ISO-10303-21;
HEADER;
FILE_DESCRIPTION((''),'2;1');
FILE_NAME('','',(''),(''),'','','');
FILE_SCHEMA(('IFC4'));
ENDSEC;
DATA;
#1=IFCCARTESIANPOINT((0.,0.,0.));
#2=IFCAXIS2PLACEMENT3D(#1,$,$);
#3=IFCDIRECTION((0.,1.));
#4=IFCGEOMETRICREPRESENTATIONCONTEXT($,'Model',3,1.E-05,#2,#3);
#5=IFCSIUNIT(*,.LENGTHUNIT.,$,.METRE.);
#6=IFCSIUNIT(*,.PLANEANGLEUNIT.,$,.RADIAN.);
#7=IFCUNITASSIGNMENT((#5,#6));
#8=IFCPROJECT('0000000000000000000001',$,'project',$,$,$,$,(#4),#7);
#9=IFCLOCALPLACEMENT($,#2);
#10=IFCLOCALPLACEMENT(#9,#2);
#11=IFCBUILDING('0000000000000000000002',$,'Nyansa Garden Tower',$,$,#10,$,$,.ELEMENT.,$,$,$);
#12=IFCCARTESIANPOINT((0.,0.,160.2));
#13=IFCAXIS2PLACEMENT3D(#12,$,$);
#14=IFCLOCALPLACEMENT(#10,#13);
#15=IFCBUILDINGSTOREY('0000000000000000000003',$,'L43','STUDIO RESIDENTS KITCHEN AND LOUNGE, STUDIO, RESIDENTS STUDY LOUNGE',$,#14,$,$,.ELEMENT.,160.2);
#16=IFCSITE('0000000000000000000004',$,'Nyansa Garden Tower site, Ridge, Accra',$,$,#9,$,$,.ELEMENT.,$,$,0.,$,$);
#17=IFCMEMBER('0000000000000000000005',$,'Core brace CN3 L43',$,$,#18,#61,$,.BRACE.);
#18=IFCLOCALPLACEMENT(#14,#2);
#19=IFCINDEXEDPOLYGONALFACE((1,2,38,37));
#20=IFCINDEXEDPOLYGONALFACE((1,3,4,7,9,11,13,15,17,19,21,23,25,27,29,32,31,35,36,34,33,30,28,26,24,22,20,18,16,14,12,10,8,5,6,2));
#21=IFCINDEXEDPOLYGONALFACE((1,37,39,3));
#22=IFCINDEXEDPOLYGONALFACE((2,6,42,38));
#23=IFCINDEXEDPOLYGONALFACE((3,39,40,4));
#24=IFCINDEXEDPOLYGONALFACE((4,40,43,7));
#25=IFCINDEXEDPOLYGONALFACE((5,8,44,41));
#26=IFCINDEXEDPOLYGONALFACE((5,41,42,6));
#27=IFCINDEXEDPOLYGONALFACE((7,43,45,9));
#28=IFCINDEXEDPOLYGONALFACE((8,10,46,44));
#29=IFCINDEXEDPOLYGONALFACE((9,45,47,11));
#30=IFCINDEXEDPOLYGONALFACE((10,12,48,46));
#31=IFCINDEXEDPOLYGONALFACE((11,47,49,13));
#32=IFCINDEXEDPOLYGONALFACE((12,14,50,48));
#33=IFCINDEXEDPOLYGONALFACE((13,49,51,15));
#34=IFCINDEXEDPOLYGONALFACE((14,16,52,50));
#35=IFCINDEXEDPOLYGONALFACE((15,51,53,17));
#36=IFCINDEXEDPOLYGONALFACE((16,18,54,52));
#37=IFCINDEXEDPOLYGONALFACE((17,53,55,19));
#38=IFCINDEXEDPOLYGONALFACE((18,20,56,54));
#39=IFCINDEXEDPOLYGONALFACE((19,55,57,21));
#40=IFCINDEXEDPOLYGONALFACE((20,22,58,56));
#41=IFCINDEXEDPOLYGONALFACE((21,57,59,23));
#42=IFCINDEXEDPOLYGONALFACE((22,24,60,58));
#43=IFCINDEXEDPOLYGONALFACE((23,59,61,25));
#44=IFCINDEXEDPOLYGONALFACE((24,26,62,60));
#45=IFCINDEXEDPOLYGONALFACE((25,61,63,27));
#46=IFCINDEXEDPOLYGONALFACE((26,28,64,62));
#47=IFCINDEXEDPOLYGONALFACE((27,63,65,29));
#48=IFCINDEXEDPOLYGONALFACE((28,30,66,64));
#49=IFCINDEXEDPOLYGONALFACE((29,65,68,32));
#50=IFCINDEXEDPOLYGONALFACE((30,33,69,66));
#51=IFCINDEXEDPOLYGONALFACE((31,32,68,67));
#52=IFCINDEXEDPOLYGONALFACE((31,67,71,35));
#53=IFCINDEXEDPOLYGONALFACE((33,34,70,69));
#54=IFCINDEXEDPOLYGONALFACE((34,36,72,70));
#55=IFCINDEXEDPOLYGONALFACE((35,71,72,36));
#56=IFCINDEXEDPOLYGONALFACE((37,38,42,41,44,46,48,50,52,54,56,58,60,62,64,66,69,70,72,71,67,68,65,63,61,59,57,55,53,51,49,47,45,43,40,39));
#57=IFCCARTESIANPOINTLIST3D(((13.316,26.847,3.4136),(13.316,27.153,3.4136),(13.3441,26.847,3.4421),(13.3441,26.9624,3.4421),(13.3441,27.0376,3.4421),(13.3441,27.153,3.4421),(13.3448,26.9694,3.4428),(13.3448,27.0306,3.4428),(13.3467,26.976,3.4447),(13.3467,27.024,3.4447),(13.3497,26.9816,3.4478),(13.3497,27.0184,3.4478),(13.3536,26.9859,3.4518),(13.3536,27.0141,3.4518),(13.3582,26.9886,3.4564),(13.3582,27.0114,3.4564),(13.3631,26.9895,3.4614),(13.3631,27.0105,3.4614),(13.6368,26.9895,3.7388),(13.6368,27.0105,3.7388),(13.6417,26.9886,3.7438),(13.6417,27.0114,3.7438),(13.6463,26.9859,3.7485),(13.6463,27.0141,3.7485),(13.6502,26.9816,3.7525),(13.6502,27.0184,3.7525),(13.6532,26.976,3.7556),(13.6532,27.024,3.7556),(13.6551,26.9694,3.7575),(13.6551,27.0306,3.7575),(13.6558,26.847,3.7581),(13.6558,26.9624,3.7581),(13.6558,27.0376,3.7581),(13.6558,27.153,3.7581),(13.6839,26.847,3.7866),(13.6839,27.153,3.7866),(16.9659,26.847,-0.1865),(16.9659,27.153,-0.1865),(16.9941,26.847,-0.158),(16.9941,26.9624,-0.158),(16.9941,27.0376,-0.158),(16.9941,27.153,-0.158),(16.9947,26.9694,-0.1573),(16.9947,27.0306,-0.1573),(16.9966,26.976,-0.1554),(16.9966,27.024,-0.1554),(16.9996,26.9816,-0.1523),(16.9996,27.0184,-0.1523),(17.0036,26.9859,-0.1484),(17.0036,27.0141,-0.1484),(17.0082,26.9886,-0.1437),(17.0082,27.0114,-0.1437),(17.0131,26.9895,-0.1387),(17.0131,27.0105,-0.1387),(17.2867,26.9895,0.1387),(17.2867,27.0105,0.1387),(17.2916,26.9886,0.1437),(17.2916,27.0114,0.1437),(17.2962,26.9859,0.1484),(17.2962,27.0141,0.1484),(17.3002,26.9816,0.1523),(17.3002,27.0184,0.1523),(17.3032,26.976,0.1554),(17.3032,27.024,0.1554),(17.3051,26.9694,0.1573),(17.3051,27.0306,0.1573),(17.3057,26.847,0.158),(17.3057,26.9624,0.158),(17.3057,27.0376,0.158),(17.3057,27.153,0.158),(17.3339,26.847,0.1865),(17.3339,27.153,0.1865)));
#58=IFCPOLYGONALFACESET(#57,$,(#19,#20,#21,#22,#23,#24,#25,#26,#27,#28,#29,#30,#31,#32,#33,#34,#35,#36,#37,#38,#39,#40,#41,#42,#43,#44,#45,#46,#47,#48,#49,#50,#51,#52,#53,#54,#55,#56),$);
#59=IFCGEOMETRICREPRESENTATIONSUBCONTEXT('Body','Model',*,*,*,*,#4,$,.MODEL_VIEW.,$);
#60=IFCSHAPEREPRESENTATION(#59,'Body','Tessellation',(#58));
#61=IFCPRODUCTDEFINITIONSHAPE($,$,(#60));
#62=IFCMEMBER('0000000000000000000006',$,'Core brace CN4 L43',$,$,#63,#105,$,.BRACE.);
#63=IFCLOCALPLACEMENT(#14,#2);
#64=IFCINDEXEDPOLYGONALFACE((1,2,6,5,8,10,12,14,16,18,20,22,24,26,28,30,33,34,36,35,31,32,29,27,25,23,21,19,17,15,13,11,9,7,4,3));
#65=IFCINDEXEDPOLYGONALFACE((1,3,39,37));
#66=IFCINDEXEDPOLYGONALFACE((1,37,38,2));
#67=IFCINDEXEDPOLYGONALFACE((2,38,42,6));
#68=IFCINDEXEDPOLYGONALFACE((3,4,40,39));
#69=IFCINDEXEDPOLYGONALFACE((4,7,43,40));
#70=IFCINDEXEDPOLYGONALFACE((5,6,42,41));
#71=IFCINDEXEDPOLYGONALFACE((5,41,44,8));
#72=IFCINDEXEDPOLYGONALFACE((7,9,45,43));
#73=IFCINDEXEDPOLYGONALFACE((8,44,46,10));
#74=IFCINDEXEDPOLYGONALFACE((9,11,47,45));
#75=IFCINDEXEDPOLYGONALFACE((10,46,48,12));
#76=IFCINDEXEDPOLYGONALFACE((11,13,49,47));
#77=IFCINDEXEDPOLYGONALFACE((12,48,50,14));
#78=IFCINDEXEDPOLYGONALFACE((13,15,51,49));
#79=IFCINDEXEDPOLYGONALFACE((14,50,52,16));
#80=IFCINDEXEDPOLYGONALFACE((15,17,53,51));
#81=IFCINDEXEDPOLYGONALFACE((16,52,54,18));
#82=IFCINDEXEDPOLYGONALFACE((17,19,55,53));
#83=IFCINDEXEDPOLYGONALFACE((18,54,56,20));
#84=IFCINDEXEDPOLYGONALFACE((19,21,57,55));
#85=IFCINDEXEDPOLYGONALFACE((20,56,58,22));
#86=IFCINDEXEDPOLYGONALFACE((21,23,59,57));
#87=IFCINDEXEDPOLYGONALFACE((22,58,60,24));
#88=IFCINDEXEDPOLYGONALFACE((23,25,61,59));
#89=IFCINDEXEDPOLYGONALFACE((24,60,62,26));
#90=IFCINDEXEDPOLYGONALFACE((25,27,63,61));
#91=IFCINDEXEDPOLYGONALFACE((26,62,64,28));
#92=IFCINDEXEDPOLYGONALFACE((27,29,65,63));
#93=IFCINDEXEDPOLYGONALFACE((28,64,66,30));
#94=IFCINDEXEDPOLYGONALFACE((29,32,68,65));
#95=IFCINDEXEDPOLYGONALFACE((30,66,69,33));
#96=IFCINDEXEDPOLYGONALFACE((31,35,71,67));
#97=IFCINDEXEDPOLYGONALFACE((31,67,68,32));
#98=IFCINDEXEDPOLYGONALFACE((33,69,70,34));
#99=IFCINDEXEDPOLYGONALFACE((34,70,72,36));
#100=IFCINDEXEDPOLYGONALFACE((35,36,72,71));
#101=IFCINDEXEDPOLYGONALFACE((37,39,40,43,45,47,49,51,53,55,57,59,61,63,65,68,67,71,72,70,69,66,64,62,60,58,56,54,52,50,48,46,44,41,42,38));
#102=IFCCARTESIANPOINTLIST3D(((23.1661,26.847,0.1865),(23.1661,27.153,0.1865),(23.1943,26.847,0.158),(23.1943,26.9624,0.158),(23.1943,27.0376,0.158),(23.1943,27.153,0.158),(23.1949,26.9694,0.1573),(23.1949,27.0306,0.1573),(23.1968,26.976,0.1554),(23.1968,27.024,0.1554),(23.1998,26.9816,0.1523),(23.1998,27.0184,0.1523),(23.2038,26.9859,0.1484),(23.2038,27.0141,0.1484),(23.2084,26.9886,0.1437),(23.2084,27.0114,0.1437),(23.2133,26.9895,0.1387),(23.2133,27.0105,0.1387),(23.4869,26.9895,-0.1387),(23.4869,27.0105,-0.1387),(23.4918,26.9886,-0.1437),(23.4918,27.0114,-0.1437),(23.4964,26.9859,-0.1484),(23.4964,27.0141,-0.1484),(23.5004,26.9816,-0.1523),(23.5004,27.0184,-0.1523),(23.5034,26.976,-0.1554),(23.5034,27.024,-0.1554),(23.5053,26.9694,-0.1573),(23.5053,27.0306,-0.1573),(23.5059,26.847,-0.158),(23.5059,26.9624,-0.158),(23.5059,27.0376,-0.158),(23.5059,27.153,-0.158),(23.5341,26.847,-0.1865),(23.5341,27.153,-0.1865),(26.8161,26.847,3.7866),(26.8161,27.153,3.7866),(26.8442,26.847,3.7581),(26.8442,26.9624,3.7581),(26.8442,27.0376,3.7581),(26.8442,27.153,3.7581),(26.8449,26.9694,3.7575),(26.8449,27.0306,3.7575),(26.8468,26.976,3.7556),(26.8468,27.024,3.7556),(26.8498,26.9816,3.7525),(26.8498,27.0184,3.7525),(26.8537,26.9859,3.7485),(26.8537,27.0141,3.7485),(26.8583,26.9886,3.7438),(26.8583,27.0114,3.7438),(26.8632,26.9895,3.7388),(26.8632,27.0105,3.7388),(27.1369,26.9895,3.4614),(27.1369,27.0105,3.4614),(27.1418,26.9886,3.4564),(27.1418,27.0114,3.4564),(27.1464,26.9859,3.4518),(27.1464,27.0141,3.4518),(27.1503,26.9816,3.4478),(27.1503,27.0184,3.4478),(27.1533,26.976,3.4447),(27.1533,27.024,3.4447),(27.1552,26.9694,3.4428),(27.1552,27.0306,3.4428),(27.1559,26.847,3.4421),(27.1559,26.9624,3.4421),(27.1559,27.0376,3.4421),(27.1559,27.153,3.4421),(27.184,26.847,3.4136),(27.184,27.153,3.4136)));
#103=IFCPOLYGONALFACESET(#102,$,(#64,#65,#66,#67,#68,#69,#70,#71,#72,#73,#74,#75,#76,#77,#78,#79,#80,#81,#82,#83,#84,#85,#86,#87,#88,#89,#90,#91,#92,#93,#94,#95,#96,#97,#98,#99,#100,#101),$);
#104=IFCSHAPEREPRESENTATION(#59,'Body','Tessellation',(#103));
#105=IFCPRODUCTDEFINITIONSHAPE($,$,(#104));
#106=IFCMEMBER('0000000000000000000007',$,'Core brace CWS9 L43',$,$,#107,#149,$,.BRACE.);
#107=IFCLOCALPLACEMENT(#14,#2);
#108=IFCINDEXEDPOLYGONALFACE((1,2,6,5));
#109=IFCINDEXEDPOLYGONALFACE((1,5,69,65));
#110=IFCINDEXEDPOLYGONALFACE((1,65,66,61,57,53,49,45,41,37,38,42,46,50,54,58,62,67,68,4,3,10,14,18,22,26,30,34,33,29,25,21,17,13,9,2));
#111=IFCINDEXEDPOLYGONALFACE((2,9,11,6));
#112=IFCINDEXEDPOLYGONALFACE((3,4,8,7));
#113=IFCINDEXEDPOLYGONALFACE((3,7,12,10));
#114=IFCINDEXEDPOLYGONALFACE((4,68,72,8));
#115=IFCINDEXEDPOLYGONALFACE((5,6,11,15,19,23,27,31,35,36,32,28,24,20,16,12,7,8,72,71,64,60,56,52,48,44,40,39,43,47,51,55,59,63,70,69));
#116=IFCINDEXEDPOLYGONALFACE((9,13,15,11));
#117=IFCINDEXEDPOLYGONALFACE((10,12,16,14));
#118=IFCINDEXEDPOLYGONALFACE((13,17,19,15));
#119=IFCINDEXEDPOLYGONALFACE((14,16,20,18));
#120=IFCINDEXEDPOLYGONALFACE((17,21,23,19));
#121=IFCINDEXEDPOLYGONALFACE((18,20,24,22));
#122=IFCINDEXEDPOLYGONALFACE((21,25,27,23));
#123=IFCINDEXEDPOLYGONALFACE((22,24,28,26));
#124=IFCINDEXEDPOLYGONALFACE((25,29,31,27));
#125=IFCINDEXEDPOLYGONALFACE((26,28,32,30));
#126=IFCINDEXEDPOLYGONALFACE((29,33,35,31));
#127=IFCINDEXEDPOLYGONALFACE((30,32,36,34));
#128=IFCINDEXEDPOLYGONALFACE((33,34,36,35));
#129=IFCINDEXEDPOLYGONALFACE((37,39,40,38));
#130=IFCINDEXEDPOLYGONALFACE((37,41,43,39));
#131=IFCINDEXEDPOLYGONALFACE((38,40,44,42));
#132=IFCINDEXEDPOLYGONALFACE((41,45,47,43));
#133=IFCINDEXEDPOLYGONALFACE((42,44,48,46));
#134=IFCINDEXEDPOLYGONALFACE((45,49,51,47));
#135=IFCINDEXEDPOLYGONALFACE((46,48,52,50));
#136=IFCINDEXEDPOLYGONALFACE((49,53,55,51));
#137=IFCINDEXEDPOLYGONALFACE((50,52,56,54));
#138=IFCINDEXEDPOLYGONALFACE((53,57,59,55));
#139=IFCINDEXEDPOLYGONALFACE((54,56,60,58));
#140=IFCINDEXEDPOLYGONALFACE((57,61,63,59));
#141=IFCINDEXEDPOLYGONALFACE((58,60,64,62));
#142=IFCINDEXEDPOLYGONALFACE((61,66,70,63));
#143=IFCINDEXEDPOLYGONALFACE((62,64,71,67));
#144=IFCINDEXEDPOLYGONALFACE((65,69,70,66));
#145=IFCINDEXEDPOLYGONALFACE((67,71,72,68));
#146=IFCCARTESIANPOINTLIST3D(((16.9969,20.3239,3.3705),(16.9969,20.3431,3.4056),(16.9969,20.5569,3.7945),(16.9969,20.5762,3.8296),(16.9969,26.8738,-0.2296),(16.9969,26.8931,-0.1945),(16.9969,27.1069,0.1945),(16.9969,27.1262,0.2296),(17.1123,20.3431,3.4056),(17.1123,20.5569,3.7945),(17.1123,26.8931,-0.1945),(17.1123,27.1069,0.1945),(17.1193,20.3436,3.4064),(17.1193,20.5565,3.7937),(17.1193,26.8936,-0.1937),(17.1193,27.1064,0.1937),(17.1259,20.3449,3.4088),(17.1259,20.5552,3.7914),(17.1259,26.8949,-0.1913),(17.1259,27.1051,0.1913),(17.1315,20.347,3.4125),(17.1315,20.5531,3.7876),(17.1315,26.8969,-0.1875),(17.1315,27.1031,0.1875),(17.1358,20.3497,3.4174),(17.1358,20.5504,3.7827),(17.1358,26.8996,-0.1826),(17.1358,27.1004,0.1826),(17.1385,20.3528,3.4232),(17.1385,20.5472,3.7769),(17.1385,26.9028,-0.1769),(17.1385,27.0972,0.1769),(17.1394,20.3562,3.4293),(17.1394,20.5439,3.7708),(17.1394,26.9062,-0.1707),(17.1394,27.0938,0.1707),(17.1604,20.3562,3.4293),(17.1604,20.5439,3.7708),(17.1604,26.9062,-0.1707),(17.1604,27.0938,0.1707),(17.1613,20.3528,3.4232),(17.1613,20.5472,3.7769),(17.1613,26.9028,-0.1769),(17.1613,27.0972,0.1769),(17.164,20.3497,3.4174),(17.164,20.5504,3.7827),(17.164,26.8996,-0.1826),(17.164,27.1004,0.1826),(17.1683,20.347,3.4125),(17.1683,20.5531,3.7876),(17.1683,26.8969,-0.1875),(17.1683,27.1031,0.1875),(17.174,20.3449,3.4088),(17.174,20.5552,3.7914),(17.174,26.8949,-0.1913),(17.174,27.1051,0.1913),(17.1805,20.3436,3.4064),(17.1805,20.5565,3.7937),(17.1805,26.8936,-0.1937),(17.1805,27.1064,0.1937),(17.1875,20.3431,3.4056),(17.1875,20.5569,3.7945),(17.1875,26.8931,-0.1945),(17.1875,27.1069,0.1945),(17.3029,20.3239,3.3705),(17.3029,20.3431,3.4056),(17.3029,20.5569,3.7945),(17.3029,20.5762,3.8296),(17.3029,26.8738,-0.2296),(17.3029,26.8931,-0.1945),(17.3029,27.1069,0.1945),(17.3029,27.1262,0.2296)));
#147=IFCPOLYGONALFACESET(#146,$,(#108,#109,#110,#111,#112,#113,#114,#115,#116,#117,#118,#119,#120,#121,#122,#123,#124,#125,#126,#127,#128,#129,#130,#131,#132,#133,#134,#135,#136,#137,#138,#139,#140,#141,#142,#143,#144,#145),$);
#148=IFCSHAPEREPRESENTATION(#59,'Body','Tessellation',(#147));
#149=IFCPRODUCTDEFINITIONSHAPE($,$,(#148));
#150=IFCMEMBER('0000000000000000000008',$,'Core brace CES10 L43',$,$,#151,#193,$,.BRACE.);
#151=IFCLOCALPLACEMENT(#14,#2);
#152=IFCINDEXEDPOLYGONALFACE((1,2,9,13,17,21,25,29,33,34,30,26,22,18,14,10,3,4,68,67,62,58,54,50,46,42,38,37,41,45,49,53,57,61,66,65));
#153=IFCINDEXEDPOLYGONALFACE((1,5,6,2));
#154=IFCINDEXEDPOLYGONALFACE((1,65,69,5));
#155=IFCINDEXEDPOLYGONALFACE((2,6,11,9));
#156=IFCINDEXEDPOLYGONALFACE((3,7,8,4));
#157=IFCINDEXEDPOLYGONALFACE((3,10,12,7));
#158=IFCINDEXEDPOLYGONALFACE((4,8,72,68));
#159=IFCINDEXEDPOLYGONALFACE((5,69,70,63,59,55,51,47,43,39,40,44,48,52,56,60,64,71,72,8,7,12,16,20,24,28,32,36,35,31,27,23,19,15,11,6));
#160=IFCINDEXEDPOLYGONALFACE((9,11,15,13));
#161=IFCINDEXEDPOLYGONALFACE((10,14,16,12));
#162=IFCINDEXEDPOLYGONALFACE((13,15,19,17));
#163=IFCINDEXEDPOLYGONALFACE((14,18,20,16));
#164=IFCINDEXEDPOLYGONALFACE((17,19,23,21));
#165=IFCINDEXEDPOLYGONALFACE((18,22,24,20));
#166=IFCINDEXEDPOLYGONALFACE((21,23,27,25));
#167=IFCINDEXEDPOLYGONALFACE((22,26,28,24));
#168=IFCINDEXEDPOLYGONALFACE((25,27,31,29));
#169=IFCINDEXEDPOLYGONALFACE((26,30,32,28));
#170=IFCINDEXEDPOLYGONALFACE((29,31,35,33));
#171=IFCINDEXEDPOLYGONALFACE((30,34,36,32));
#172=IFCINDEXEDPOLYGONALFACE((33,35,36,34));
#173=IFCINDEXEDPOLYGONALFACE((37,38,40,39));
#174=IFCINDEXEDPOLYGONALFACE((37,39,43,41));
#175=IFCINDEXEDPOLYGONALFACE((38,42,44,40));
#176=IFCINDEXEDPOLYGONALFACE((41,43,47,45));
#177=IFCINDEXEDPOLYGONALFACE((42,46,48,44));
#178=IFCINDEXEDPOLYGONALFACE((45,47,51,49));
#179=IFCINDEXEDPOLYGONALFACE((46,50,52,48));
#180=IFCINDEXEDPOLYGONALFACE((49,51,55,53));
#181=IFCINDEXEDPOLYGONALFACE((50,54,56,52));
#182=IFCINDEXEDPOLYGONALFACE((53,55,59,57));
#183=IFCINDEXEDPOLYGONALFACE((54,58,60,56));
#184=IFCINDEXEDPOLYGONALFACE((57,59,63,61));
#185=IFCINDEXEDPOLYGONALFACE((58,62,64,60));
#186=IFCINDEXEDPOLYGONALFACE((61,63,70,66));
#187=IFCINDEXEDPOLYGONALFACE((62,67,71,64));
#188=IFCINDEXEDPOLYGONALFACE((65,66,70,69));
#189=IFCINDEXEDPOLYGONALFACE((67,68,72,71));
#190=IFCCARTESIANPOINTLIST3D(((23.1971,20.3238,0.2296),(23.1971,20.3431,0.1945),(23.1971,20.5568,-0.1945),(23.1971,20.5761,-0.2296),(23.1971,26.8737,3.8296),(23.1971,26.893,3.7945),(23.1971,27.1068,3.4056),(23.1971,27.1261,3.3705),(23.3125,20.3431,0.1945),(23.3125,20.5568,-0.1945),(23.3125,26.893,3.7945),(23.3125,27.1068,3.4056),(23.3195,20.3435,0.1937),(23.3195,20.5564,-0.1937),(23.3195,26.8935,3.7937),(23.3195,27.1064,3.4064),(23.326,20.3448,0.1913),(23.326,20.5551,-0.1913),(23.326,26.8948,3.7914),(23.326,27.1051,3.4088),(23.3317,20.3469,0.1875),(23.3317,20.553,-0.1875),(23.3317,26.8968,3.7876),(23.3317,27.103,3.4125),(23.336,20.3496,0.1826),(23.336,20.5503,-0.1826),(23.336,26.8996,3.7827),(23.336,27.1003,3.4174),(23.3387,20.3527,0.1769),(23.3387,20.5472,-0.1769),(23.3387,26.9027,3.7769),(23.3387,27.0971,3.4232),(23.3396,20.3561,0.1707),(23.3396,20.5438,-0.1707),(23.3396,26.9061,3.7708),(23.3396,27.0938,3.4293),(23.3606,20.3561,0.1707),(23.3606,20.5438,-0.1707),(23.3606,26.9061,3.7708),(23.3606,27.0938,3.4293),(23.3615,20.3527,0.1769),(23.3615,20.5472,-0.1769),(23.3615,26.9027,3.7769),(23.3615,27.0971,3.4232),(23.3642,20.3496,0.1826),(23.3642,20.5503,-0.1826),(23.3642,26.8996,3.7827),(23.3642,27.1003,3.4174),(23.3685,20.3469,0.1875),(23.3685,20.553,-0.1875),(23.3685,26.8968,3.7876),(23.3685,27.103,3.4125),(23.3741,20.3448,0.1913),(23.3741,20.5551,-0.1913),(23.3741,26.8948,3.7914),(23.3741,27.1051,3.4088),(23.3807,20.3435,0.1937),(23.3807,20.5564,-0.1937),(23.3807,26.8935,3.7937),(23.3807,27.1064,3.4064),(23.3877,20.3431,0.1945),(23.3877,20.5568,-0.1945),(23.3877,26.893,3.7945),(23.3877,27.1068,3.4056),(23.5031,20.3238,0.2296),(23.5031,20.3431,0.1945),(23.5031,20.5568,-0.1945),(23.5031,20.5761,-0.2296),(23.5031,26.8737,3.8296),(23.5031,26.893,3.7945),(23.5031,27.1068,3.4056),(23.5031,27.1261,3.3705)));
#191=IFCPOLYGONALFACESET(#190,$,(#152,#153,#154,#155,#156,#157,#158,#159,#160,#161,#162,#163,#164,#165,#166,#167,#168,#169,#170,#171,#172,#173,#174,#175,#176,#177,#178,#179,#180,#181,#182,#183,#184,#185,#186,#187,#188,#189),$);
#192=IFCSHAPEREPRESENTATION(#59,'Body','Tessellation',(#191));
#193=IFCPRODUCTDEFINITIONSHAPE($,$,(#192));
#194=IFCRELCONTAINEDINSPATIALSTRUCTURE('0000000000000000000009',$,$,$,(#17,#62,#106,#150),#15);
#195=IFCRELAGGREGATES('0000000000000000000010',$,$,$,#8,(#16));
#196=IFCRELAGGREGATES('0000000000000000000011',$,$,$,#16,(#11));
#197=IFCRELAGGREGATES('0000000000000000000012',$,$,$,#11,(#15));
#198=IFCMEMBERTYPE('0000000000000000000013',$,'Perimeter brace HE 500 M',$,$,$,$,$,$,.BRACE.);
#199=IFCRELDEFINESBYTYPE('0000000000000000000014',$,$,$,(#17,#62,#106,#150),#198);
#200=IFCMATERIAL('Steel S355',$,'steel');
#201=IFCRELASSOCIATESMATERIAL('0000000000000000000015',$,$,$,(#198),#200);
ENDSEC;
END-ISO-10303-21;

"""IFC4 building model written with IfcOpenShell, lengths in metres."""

from ifc_helpers import new_model, si_unit, direction, frame, origin, origin_2d, place, context, subcontext, project, spatial, i_section, extrude, material, material_profile, profile_set, type_object, element, save


model = new_model("IFC4")

# Units and contexts
model_context = context("Model", 3, precision=1e-05, world=origin(), true_north=direction((0.0, 1.0)))
body_context = subcontext(model_context, "Body", "Model", "MODEL_VIEW")
ifc_project = project(units=[si_unit("LENGTHUNIT", "METRE"), si_unit("PLANEANGLEUNIT", "RADIAN")], contexts=[model_context])

# Site, building, storey
site_placement = place(None, origin())
site = spatial("IfcSite", under=ifc_project, at=site_placement, Name="Nyansa Garden Tower site, Ridge, Accra", CompositionType="ELEMENT", RefElevation=0.0)
building_placement = place(site_placement, origin())
building = spatial("IfcBuilding", under=site, at=building_placement, Name="Nyansa Garden Tower", CompositionType="ELEMENT")
storey_placement = place(building_placement, frame((0.0, 0.0, 160.2)))
storey = spatial("IfcBuildingStorey", under=building, at=storey_placement, Name="L43", Description="STUDIO RESIDENTS KITCHEN AND LOUNGE, STUDIO, RESIDENTS STUDY LOUNGE", CompositionType="ELEMENT", Elevation=160.2)

# Members
ifc_material_1 = material(Name="Steel S355", Category="steel")
ifc_material_profile_1 = material_profile(ifc_material_1, i_section(OverallWidth=0.3059, OverallDepth=0.5239, WebThickness=0.021, FlangeThickness=0.04, FilletRadius=0.0271, at=origin_2d()), Name="HE 500 M")
ifc_profile_set_1 = profile_set([ifc_material_profile_1], Name="Steel S355")
member_type = type_object("IfcMemberType", Name="Perimeter brace HE 500 M", PredefinedType="BRACE", material=ifc_profile_set_1)
for number, where, z_axis, x_axis, name in (
    (1, (17.1499, 27.0, 0.0), (-0.711948, 0.0, 0.702233), (0.0, -1.0, 0.0), "Core brace CN3 L43"),
    (2, (23.3501, 27.0, 0.0), (0.711948, 0.0, 0.702233), (0.0, 1.0, 0.0), "Core brace CN4 L43"),
):
    element("IfcMember", number, at=place(storey_placement, frame(where, z_axis=z_axis, x_axis=x_axis)), inside=storey, type_object=member_type, Name=name, PredefinedType="BRACE", context=body_context, shape_type="SweptSolid", body=[
        extrude(i_section(OverallWidth=0.3059, OverallDepth=0.5239, WebThickness=0.021, FlangeThickness=0.04, FilletRadius=0.0271, at=origin_2d()), origin(), (0.0, 0.0, 1.0), 5.1267),
    ])
for number, where, z_axis, x_axis, name in (
    (3, (17.1499, 27.0, 0.0), (0.0, -0.876353, 0.481669), (1.0, 0.0, 0.0), "Core brace CWS9 L43"),
    (4, (23.3501, 20.45, 0.0), (0.0, 0.876353, 0.481669), (-1.0, 0.0, 0.0), "Core brace CES10 L43"),
):
    element("IfcMember", number, at=place(storey_placement, frame(where, z_axis=z_axis, x_axis=x_axis)), inside=storey, type_object=member_type, Name=name, PredefinedType="BRACE", context=body_context, shape_type="SweptSolid", body=[
        extrude(i_section(OverallWidth=0.3059, OverallDepth=0.5239, WebThickness=0.021, FlangeThickness=0.04, FilletRadius=0.0271, at=origin_2d()), origin(), (0.0, 0.0, 1.0), 7.4741),
    ])

save(model, "model.ifc")
